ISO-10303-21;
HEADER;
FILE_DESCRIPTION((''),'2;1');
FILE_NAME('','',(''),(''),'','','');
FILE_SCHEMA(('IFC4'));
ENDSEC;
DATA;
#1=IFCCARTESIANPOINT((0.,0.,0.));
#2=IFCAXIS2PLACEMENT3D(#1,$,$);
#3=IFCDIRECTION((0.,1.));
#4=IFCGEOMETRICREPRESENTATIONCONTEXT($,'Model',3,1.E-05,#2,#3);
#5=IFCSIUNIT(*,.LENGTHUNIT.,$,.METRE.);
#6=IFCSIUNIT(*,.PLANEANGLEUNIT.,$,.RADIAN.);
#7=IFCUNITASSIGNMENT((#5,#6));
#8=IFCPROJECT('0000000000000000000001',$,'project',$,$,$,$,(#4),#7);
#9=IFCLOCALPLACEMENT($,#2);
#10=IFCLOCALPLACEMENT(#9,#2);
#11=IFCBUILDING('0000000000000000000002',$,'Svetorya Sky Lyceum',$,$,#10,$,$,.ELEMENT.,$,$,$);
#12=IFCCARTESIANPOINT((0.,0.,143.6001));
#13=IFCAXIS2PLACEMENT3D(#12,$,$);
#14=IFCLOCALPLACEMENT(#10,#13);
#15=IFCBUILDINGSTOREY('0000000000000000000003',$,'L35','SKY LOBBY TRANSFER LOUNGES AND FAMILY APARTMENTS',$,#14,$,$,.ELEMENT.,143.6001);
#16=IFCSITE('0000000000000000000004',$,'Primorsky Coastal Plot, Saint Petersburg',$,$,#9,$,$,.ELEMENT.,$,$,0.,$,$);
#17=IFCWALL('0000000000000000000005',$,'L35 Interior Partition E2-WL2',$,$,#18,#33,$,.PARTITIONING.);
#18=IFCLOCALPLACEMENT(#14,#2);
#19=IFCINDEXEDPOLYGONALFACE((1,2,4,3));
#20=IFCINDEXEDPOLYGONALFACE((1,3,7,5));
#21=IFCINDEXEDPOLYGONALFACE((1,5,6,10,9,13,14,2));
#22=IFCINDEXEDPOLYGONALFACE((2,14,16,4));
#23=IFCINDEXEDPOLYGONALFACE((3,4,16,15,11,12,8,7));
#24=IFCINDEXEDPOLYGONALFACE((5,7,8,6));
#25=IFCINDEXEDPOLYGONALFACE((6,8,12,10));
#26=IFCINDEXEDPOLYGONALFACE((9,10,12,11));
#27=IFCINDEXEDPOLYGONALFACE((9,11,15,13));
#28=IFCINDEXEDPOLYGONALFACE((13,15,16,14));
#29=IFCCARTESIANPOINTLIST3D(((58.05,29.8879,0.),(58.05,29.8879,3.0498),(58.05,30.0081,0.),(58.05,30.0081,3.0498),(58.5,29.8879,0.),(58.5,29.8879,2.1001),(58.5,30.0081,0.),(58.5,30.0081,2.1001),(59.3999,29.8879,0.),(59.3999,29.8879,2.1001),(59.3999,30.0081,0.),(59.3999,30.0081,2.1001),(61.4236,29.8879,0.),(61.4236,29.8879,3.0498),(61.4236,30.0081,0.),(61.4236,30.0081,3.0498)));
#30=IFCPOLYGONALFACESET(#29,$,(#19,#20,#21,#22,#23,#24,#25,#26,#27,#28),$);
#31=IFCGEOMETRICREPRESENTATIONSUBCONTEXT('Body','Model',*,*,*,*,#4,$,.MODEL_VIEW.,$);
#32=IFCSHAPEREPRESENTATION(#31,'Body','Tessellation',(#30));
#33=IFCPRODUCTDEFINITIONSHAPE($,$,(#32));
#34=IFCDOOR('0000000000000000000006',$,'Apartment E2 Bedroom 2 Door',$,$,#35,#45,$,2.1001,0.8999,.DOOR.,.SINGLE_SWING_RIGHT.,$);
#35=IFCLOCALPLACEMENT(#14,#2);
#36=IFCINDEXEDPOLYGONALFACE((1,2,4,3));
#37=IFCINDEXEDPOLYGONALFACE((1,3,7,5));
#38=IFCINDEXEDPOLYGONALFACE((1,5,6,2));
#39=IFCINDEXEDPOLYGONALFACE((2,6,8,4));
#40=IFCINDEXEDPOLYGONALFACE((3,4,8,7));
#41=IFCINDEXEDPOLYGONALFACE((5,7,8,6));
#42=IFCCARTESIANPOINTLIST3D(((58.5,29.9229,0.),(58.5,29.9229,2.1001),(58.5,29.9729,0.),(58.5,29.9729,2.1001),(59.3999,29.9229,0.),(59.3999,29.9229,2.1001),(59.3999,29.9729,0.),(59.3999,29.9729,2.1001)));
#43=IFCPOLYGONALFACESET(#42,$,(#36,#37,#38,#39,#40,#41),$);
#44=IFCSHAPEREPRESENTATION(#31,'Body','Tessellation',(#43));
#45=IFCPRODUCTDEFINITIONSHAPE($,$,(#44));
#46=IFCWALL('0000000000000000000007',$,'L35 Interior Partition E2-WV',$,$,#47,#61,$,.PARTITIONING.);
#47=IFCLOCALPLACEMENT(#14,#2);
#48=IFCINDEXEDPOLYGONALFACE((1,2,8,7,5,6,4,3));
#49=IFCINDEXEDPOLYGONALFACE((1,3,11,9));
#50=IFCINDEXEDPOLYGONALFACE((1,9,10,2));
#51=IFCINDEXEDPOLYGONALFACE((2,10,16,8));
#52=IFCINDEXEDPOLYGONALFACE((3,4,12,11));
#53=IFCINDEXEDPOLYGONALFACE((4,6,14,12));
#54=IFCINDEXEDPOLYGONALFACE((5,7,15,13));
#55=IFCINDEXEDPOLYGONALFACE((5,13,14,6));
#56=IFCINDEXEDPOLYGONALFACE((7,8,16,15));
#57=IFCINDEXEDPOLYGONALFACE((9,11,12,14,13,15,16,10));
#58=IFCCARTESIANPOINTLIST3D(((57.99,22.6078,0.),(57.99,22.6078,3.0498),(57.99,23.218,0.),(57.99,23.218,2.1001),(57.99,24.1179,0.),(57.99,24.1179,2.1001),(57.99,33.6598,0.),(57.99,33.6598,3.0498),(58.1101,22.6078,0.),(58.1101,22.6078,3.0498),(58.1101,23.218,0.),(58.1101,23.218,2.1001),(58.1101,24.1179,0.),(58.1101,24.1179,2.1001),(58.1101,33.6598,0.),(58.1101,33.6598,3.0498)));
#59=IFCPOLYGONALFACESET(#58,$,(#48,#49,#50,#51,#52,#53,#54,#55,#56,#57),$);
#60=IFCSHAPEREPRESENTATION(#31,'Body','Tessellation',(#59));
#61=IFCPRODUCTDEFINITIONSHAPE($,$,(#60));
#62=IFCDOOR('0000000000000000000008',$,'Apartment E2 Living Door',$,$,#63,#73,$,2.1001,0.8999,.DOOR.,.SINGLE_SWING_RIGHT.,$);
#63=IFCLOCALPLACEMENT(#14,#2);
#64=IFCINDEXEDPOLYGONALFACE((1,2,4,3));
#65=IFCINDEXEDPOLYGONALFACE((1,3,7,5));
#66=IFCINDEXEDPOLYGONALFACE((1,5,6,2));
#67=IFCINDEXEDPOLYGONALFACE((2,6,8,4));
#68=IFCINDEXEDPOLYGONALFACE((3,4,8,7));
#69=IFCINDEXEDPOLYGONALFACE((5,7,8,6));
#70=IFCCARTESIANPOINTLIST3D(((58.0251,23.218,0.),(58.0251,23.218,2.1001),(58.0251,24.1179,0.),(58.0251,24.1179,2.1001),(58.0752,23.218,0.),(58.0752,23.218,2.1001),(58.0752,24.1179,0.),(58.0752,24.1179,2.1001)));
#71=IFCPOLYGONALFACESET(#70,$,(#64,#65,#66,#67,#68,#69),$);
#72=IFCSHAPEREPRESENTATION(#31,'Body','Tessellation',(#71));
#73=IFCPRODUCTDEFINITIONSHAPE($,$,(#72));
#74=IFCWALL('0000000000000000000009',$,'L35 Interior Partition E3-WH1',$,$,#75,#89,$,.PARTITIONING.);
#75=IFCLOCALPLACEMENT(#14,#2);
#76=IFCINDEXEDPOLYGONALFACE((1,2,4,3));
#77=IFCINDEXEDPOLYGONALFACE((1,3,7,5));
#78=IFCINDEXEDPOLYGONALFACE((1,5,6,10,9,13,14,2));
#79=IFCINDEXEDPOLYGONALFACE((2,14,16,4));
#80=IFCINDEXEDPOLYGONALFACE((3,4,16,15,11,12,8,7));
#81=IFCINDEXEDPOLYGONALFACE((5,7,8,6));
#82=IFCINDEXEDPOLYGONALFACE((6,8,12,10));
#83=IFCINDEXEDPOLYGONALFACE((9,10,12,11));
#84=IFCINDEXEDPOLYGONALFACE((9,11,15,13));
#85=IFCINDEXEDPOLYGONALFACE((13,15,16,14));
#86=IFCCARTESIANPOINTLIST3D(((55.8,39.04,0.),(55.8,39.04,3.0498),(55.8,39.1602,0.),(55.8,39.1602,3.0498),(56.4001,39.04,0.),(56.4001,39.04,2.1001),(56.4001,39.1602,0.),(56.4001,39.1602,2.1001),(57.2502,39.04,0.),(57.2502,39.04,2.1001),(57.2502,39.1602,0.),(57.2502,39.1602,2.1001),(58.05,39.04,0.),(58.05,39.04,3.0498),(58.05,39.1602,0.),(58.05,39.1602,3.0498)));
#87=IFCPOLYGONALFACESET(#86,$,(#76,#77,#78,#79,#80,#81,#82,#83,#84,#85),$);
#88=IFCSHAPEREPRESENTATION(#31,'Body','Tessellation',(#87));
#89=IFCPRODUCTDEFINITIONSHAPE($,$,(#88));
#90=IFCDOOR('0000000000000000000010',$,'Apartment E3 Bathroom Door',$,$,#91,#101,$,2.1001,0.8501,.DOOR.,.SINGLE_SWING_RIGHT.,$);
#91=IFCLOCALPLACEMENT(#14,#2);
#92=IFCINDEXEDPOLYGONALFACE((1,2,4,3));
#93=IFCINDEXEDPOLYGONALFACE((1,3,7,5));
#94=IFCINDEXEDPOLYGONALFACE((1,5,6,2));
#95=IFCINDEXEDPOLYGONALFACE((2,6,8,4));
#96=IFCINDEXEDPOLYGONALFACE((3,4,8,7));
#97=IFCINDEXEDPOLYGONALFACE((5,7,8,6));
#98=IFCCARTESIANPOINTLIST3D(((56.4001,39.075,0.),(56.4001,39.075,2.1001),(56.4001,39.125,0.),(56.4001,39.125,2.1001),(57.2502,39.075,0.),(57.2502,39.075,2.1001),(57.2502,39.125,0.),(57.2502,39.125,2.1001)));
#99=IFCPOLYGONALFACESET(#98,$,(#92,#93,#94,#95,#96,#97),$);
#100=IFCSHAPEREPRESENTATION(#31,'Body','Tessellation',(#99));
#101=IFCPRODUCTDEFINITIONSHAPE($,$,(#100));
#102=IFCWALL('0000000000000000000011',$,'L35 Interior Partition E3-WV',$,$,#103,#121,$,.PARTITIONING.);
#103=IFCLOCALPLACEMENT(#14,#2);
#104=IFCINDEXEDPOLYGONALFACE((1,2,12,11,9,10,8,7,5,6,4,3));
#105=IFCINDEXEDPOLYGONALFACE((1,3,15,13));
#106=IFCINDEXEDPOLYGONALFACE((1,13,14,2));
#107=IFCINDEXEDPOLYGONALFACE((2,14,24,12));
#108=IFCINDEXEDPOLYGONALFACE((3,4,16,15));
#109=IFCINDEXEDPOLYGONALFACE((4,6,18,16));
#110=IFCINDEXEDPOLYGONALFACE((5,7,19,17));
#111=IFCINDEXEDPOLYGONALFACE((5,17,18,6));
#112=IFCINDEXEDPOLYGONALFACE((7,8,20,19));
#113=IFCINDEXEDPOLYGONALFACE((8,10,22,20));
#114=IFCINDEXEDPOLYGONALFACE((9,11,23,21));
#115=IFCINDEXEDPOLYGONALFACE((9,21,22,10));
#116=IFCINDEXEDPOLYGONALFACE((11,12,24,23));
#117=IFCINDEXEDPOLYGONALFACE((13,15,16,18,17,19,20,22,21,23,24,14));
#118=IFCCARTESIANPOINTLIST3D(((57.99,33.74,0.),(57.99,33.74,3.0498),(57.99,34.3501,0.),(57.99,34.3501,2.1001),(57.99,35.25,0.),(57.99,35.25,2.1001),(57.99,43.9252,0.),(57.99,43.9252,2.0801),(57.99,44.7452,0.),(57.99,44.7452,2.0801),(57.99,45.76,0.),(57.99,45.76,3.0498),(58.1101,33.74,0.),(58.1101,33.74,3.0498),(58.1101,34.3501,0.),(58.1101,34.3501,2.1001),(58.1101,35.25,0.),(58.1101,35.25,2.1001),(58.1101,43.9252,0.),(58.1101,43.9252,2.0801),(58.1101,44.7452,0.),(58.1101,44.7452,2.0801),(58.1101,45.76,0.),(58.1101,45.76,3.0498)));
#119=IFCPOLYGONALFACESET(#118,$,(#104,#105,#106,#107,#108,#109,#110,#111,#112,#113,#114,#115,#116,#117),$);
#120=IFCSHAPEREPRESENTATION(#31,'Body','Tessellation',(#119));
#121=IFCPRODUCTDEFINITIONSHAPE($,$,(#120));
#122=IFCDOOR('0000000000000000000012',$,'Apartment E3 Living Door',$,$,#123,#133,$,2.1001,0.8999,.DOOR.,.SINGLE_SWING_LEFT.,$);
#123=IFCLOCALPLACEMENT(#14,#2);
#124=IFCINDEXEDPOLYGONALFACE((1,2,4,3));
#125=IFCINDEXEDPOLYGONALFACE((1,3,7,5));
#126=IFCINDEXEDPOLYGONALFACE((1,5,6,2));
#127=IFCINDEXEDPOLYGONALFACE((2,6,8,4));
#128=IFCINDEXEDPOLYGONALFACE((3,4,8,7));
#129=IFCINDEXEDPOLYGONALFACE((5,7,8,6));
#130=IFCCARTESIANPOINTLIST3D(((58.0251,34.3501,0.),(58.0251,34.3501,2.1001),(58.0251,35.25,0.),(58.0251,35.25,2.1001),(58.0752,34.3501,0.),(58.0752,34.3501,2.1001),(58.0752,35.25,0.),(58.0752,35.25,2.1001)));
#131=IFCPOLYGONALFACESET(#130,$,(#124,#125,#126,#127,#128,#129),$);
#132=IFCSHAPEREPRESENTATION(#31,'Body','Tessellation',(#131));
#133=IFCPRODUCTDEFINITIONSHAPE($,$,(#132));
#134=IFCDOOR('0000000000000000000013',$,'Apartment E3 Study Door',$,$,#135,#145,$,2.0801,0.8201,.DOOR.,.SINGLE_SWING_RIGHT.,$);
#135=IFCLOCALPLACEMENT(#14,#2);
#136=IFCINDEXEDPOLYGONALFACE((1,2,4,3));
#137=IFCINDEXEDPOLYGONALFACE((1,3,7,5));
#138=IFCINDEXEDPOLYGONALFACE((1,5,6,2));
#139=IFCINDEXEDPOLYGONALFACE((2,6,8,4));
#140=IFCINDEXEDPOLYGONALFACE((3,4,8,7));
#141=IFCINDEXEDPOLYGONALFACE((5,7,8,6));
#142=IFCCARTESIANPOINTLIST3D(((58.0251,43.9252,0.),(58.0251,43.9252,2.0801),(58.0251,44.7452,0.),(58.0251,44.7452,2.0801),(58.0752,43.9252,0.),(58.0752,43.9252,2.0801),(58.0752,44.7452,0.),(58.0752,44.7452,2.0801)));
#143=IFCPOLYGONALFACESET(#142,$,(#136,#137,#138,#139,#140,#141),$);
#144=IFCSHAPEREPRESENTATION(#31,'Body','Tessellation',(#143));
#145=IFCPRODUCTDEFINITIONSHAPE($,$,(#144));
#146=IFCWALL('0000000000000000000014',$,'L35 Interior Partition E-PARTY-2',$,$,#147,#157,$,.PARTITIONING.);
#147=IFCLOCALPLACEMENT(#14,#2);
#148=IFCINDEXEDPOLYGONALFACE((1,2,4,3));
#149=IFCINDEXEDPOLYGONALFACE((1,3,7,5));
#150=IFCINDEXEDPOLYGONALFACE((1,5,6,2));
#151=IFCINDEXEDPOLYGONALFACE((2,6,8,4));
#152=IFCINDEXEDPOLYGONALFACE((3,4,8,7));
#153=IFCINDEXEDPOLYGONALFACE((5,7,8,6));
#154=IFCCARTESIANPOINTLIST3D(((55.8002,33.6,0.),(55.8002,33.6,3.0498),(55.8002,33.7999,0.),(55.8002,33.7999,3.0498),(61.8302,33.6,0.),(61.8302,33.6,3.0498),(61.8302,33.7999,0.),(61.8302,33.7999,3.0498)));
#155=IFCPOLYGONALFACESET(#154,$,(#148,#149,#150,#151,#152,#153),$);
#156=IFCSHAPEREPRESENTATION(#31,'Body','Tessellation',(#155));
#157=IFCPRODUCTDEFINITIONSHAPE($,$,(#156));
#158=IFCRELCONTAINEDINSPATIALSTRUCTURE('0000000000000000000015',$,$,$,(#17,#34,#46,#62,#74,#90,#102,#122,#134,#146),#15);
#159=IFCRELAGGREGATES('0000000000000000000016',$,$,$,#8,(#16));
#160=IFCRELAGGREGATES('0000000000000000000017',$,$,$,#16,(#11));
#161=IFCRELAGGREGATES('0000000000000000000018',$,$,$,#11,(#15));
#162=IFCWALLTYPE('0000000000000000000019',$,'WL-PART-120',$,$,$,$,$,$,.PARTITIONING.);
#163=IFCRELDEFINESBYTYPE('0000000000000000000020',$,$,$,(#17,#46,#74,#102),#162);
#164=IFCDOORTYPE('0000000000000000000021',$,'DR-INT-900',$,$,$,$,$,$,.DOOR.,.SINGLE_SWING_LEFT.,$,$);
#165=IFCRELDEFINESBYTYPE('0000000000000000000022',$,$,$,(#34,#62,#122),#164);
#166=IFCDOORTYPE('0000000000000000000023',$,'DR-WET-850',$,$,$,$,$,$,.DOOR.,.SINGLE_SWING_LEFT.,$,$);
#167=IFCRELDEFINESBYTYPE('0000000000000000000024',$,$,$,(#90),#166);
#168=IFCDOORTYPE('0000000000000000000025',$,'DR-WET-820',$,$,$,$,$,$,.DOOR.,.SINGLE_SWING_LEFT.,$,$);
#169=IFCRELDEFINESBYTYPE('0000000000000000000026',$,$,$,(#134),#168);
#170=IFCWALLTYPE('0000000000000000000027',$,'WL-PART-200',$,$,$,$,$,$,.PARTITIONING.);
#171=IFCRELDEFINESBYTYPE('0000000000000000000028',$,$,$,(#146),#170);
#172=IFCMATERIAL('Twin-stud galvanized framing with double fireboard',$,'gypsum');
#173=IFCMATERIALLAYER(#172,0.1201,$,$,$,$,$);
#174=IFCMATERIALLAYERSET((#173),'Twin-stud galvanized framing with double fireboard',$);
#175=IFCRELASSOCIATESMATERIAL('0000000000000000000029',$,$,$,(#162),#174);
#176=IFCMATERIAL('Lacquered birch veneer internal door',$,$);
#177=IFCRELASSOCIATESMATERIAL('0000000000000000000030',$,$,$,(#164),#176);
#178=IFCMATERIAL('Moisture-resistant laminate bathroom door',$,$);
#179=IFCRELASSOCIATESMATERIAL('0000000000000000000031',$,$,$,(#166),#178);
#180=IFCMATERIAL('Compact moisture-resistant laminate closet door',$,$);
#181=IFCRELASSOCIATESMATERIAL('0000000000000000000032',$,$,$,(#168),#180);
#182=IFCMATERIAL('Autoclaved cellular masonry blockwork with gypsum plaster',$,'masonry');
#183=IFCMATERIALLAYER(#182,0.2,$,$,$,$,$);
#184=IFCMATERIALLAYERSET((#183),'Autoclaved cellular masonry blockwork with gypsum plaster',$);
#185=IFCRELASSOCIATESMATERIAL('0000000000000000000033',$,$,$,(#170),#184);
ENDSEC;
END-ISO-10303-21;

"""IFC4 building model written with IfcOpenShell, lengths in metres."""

from ifc_helpers import new_model, si_unit, direction, frame, frame_2d, origin, place, context, subcontext, project, spatial, rectangle, extrude, material, layer, layer_set, type_object, element, fill, save


model = new_model("IFC4")

# Units and contexts
model_context = context("Model", 3, precision=1e-05, world=origin(), true_north=direction((0.0, 1.0)))
body_context = subcontext(model_context, "Body", "Model", "MODEL_VIEW")
ifc_project = project(units=[si_unit("LENGTHUNIT", "METRE"), si_unit("PLANEANGLEUNIT", "RADIAN")], contexts=[model_context])

# Site, building, storey
site_placement = place(None, origin())
site = spatial("IfcSite", under=ifc_project, at=site_placement, Name="Primorsky Coastal Plot, Saint Petersburg", CompositionType="ELEMENT", RefElevation=0.0)
building_placement = place(site_placement, origin())
building = spatial("IfcBuilding", under=site, at=building_placement, Name="Svetorya Sky Lyceum", CompositionType="ELEMENT")
storey_placement = place(building_placement, frame((0.0, 0.0, 143.6001)))
storey = spatial("IfcBuildingStorey", under=building, at=storey_placement, Name="L35", Description="SKY LOBBY TRANSFER LOUNGES AND FAMILY APARTMENTS", CompositionType="ELEMENT", Elevation=143.6001)

# Walls, openings, doors
ifc_material_1 = material(Name="Twin-stud galvanized framing with double fireboard", Category="gypsum")
ifc_layer_1 = layer(ifc_material_1, 0.1201)
ifc_layer_set_1 = layer_set([ifc_layer_1], Name="Twin-stud galvanized framing with double fireboard")
wall_type_1 = type_object("IfcWallType", Name="WL-PART-120", PredefinedType="PARTITIONING", material=ifc_layer_set_1)
ifc_material_2 = material(Name="Lacquered birch veneer internal door")
door_type_1 = type_object("IfcDoorType", Name="DR-INT-900", OperationType="SINGLE_SWING_LEFT", PredefinedType="DOOR", material=ifc_material_2)
wall_1_placement = place(storey_placement, frame((58.05, 29.948, 0.0), z_axis=(0.0, 0.0, 1.0), x_axis=(1.0, 0.0, 0.0)))
wall_1 = element("IfcWall", 1, at=wall_1_placement, inside=storey, type_object=wall_type_1, Name="L35 Interior Partition E2-WL2", PredefinedType="PARTITIONING", context=body_context, shape_type="SweptSolid", body=[
    extrude(rectangle(XDim=3.3735, YDim=0.1201, at=frame_2d((1.6868, 0.0))), origin(), (0.0, 0.0, 1.0), 3.0498),
])
opening_1_placement = place(wall_1_placement, frame((0.45, 0.0, 0.0)))
opening_1 = element("IfcOpeningElement", 2, at=opening_1_placement, cuts=wall_1, PredefinedType="OPENING", context=body_context, shape_type="SweptSolid", body=[
    extrude(rectangle(XDim=0.8999, YDim=2.1001, at=frame_2d((0.45, 1.05))), frame((0.0, 0.0701, 0.0), z_axis=(0.0, -1.0, 0.0), x_axis=(1.0, 0.0, 0.0)), (0.0, 0.0, 1.0), 0.1401),
])
door_1_placement = place(opening_1_placement, origin())
door_1 = element("IfcDoor", 3, at=door_1_placement, inside=storey, type_object=door_type_1, Name="Apartment E2 Bedroom 2 Door", OperationType="SINGLE_SWING_RIGHT", OverallHeight=2.1001, OverallWidth=0.8999, PredefinedType="DOOR", context=body_context, shape_type="SweptSolid", body=[
    extrude(rectangle(XDim=0.8999, YDim=2.1001, at=frame_2d((0.45, 1.05))), frame((0.0, 0.0249, 0.0), z_axis=(0.0, -1.0, 0.0), x_axis=(1.0, 0.0, 0.0)), (0.0, 0.0, 1.0), 0.05),
])
fill(opening_1, door_1)
wall_2_placement = place(storey_placement, frame((58.05, 22.6079, 0.0), z_axis=(0.0, 0.0, 1.0), x_axis=(0.0, 1.0, 0.0)))
wall_2 = element("IfcWall", 4, at=wall_2_placement, inside=storey, type_object=wall_type_1, Name="L35 Interior Partition E2-WV", PredefinedType="PARTITIONING", context=body_context, shape_type="SweptSolid", body=[
    extrude(rectangle(XDim=11.052, YDim=0.1201, at=frame_2d((5.5259, 0.0))), origin(), (0.0, 0.0, 1.0), 3.0498),
])
opening_2_placement = place(wall_2_placement, frame((0.6101, 0.0, 0.0)))
opening_2 = element("IfcOpeningElement", 5, at=opening_2_placement, cuts=wall_2, PredefinedType="OPENING", context=body_context, shape_type="SweptSolid", body=[
    extrude(rectangle(XDim=0.8999, YDim=2.1001, at=frame_2d((0.45, 1.05))), frame((0.0, 0.0701, 0.0), z_axis=(0.0, -1.0, 0.0), x_axis=(1.0, 0.0, 0.0)), (0.0, 0.0, 1.0), 0.1401),
])
door_2_placement = place(opening_2_placement, origin())
door_2 = element("IfcDoor", 6, at=door_2_placement, inside=storey, type_object=door_type_1, Name="Apartment E2 Living Door", OperationType="SINGLE_SWING_RIGHT", OverallHeight=2.1001, OverallWidth=0.8999, PredefinedType="DOOR", context=body_context, shape_type="SweptSolid", body=[
    extrude(rectangle(XDim=0.8999, YDim=2.1001, at=frame_2d((0.45, 1.05))), frame((0.0, 0.0249, 0.0), z_axis=(0.0, -1.0, 0.0), x_axis=(1.0, 0.0, 0.0)), (0.0, 0.0, 1.0), 0.05),
])
fill(opening_2, door_2)
wall_3_placement = place(storey_placement, frame((55.8, 39.1001, 0.0), z_axis=(0.0, 0.0, 1.0), x_axis=(1.0, 0.0, 0.0)))
wall_3 = element("IfcWall", 7, at=wall_3_placement, inside=storey, type_object=wall_type_1, Name="L35 Interior Partition E3-WH1", PredefinedType="PARTITIONING", context=body_context, shape_type="SweptSolid", body=[
    extrude(rectangle(XDim=2.25, YDim=0.1201, at=frame_2d((1.125, 0.0))), origin(), (0.0, 0.0, 1.0), 3.0498),
])
opening_3_placement = place(wall_3_placement, frame((0.6001, 0.0, 0.0)))
opening_3 = element("IfcOpeningElement", 8, at=opening_3_placement, cuts=wall_3, PredefinedType="OPENING", context=body_context, shape_type="SweptSolid", body=[
    extrude(rectangle(XDim=0.8501, YDim=2.1001, at=frame_2d((0.425, 1.05))), frame((0.0, 0.0701, 0.0), z_axis=(0.0, -1.0, 0.0), x_axis=(1.0, 0.0, 0.0)), (0.0, 0.0, 1.0), 0.1401),
])
ifc_material_3 = material(Name="Moisture-resistant laminate bathroom door")
door_type_2 = type_object("IfcDoorType", Name="DR-WET-850", OperationType="SINGLE_SWING_LEFT", PredefinedType="DOOR", material=ifc_material_3)
door_3_placement = place(opening_3_placement, origin())
door_3 = element("IfcDoor", 9, at=door_3_placement, inside=storey, type_object=door_type_2, Name="Apartment E3 Bathroom Door", OperationType="SINGLE_SWING_RIGHT", OverallHeight=2.1001, OverallWidth=0.8501, PredefinedType="DOOR", context=body_context, shape_type="SweptSolid", body=[
    extrude(rectangle(XDim=0.8501, YDim=2.1001, at=frame_2d((0.425, 1.05))), frame((0.0, 0.0249, 0.0), z_axis=(0.0, -1.0, 0.0), x_axis=(1.0, 0.0, 0.0)), (0.0, 0.0, 1.0), 0.05),
])
fill(opening_3, door_3)

# Wall, openings, doors
wall_4_placement = place(storey_placement, frame((58.05, 33.74, 0.0), z_axis=(0.0, 0.0, 1.0), x_axis=(0.0, 1.0, 0.0)))
wall_4 = element("IfcWall", 10, at=wall_4_placement, inside=storey, type_object=wall_type_1, Name="L35 Interior Partition E3-WV", PredefinedType="PARTITIONING", context=body_context, shape_type="SweptSolid", body=[
    extrude(rectangle(XDim=12.02, YDim=0.1201, at=frame_2d((6.01, 0.0))), origin(), (0.0, 0.0, 1.0), 3.0498),
])
opening_4_placement = place(wall_4_placement, frame((0.6101, 0.0, 0.0)))
opening_4 = element("IfcOpeningElement", 11, at=opening_4_placement, cuts=wall_4, PredefinedType="OPENING", context=body_context, shape_type="SweptSolid", body=[
    extrude(rectangle(XDim=0.8999, YDim=2.1001, at=frame_2d((0.45, 1.05))), frame((0.0, 0.0701, 0.0), z_axis=(0.0, -1.0, 0.0), x_axis=(1.0, 0.0, 0.0)), (0.0, 0.0, 1.0), 0.1401),
])
opening_5_placement = place(wall_4_placement, frame((10.1851, 0.0, 0.0)))
opening_5 = element("IfcOpeningElement", 12, at=opening_5_placement, cuts=wall_4, PredefinedType="OPENING", context=body_context, shape_type="SweptSolid", body=[
    extrude(rectangle(XDim=0.8201, YDim=2.0801, at=frame_2d((0.4102, 1.04))), frame((0.0, 0.0701, 0.0), z_axis=(0.0, -1.0, 0.0), x_axis=(1.0, 0.0, 0.0)), (0.0, 0.0, 1.0), 0.1401),
])
door_4_placement = place(opening_4_placement, origin())
door_4 = element("IfcDoor", 13, at=door_4_placement, inside=storey, type_object=door_type_1, Name="Apartment E3 Living Door", OperationType="SINGLE_SWING_LEFT", OverallHeight=2.1001, OverallWidth=0.8999, PredefinedType="DOOR", context=body_context, shape_type="SweptSolid", body=[
    extrude(rectangle(XDim=0.8999, YDim=2.1001, at=frame_2d((0.45, 1.05))), frame((0.0, 0.0249, 0.0), z_axis=(0.0, -1.0, 0.0), x_axis=(1.0, 0.0, 0.0)), (0.0, 0.0, 1.0), 0.05),
])
fill(opening_4, door_4)
ifc_material_4 = material(Name="Compact moisture-resistant laminate closet door")
door_type_3 = type_object("IfcDoorType", Name="DR-WET-820", OperationType="SINGLE_SWING_LEFT", PredefinedType="DOOR", material=ifc_material_4)
door_5_placement = place(opening_5_placement, origin())
door_5 = element("IfcDoor", 14, at=door_5_placement, inside=storey, type_object=door_type_3, Name="Apartment E3 Study Door", OperationType="SINGLE_SWING_RIGHT", OverallHeight=2.0801, OverallWidth=0.8201, PredefinedType="DOOR", context=body_context, shape_type="SweptSolid", body=[
    extrude(rectangle(XDim=0.8201, YDim=2.0801, at=frame_2d((0.4102, 1.04))), frame((0.0, 0.0249, 0.0), z_axis=(0.0, -1.0, 0.0), x_axis=(1.0, 0.0, 0.0)), (0.0, 0.0, 1.0), 0.05),
])
fill(opening_5, door_5)

# Wall
ifc_material_5 = material(Name="Autoclaved cellular masonry blockwork with gypsum plaster", Category="masonry")
ifc_layer_2 = layer(ifc_material_5, 0.2)
ifc_layer_set_2 = layer_set([ifc_layer_2], Name="Autoclaved cellular masonry blockwork with gypsum plaster")
wall_type_2 = type_object("IfcWallType", Name="WL-PART-200", PredefinedType="PARTITIONING", material=ifc_layer_set_2)
wall_5_placement = place(storey_placement, frame((55.8, 33.7, 0.0), z_axis=(0.0, 0.0, 1.0), x_axis=(1.0, 0.0, 0.0)))
element("IfcWall", 15, at=wall_5_placement, inside=storey, type_object=wall_type_2, Name="L35 Interior Partition E-PARTY-2", PredefinedType="PARTITIONING", context=body_context, shape_type="SweptSolid", body=[
    extrude(rectangle(XDim=6.03, YDim=0.2, at=frame_2d((3.0151, 0.0))), origin(), (0.0, 0.0, 1.0), 3.0498),
])

save(model, "model.ifc")
